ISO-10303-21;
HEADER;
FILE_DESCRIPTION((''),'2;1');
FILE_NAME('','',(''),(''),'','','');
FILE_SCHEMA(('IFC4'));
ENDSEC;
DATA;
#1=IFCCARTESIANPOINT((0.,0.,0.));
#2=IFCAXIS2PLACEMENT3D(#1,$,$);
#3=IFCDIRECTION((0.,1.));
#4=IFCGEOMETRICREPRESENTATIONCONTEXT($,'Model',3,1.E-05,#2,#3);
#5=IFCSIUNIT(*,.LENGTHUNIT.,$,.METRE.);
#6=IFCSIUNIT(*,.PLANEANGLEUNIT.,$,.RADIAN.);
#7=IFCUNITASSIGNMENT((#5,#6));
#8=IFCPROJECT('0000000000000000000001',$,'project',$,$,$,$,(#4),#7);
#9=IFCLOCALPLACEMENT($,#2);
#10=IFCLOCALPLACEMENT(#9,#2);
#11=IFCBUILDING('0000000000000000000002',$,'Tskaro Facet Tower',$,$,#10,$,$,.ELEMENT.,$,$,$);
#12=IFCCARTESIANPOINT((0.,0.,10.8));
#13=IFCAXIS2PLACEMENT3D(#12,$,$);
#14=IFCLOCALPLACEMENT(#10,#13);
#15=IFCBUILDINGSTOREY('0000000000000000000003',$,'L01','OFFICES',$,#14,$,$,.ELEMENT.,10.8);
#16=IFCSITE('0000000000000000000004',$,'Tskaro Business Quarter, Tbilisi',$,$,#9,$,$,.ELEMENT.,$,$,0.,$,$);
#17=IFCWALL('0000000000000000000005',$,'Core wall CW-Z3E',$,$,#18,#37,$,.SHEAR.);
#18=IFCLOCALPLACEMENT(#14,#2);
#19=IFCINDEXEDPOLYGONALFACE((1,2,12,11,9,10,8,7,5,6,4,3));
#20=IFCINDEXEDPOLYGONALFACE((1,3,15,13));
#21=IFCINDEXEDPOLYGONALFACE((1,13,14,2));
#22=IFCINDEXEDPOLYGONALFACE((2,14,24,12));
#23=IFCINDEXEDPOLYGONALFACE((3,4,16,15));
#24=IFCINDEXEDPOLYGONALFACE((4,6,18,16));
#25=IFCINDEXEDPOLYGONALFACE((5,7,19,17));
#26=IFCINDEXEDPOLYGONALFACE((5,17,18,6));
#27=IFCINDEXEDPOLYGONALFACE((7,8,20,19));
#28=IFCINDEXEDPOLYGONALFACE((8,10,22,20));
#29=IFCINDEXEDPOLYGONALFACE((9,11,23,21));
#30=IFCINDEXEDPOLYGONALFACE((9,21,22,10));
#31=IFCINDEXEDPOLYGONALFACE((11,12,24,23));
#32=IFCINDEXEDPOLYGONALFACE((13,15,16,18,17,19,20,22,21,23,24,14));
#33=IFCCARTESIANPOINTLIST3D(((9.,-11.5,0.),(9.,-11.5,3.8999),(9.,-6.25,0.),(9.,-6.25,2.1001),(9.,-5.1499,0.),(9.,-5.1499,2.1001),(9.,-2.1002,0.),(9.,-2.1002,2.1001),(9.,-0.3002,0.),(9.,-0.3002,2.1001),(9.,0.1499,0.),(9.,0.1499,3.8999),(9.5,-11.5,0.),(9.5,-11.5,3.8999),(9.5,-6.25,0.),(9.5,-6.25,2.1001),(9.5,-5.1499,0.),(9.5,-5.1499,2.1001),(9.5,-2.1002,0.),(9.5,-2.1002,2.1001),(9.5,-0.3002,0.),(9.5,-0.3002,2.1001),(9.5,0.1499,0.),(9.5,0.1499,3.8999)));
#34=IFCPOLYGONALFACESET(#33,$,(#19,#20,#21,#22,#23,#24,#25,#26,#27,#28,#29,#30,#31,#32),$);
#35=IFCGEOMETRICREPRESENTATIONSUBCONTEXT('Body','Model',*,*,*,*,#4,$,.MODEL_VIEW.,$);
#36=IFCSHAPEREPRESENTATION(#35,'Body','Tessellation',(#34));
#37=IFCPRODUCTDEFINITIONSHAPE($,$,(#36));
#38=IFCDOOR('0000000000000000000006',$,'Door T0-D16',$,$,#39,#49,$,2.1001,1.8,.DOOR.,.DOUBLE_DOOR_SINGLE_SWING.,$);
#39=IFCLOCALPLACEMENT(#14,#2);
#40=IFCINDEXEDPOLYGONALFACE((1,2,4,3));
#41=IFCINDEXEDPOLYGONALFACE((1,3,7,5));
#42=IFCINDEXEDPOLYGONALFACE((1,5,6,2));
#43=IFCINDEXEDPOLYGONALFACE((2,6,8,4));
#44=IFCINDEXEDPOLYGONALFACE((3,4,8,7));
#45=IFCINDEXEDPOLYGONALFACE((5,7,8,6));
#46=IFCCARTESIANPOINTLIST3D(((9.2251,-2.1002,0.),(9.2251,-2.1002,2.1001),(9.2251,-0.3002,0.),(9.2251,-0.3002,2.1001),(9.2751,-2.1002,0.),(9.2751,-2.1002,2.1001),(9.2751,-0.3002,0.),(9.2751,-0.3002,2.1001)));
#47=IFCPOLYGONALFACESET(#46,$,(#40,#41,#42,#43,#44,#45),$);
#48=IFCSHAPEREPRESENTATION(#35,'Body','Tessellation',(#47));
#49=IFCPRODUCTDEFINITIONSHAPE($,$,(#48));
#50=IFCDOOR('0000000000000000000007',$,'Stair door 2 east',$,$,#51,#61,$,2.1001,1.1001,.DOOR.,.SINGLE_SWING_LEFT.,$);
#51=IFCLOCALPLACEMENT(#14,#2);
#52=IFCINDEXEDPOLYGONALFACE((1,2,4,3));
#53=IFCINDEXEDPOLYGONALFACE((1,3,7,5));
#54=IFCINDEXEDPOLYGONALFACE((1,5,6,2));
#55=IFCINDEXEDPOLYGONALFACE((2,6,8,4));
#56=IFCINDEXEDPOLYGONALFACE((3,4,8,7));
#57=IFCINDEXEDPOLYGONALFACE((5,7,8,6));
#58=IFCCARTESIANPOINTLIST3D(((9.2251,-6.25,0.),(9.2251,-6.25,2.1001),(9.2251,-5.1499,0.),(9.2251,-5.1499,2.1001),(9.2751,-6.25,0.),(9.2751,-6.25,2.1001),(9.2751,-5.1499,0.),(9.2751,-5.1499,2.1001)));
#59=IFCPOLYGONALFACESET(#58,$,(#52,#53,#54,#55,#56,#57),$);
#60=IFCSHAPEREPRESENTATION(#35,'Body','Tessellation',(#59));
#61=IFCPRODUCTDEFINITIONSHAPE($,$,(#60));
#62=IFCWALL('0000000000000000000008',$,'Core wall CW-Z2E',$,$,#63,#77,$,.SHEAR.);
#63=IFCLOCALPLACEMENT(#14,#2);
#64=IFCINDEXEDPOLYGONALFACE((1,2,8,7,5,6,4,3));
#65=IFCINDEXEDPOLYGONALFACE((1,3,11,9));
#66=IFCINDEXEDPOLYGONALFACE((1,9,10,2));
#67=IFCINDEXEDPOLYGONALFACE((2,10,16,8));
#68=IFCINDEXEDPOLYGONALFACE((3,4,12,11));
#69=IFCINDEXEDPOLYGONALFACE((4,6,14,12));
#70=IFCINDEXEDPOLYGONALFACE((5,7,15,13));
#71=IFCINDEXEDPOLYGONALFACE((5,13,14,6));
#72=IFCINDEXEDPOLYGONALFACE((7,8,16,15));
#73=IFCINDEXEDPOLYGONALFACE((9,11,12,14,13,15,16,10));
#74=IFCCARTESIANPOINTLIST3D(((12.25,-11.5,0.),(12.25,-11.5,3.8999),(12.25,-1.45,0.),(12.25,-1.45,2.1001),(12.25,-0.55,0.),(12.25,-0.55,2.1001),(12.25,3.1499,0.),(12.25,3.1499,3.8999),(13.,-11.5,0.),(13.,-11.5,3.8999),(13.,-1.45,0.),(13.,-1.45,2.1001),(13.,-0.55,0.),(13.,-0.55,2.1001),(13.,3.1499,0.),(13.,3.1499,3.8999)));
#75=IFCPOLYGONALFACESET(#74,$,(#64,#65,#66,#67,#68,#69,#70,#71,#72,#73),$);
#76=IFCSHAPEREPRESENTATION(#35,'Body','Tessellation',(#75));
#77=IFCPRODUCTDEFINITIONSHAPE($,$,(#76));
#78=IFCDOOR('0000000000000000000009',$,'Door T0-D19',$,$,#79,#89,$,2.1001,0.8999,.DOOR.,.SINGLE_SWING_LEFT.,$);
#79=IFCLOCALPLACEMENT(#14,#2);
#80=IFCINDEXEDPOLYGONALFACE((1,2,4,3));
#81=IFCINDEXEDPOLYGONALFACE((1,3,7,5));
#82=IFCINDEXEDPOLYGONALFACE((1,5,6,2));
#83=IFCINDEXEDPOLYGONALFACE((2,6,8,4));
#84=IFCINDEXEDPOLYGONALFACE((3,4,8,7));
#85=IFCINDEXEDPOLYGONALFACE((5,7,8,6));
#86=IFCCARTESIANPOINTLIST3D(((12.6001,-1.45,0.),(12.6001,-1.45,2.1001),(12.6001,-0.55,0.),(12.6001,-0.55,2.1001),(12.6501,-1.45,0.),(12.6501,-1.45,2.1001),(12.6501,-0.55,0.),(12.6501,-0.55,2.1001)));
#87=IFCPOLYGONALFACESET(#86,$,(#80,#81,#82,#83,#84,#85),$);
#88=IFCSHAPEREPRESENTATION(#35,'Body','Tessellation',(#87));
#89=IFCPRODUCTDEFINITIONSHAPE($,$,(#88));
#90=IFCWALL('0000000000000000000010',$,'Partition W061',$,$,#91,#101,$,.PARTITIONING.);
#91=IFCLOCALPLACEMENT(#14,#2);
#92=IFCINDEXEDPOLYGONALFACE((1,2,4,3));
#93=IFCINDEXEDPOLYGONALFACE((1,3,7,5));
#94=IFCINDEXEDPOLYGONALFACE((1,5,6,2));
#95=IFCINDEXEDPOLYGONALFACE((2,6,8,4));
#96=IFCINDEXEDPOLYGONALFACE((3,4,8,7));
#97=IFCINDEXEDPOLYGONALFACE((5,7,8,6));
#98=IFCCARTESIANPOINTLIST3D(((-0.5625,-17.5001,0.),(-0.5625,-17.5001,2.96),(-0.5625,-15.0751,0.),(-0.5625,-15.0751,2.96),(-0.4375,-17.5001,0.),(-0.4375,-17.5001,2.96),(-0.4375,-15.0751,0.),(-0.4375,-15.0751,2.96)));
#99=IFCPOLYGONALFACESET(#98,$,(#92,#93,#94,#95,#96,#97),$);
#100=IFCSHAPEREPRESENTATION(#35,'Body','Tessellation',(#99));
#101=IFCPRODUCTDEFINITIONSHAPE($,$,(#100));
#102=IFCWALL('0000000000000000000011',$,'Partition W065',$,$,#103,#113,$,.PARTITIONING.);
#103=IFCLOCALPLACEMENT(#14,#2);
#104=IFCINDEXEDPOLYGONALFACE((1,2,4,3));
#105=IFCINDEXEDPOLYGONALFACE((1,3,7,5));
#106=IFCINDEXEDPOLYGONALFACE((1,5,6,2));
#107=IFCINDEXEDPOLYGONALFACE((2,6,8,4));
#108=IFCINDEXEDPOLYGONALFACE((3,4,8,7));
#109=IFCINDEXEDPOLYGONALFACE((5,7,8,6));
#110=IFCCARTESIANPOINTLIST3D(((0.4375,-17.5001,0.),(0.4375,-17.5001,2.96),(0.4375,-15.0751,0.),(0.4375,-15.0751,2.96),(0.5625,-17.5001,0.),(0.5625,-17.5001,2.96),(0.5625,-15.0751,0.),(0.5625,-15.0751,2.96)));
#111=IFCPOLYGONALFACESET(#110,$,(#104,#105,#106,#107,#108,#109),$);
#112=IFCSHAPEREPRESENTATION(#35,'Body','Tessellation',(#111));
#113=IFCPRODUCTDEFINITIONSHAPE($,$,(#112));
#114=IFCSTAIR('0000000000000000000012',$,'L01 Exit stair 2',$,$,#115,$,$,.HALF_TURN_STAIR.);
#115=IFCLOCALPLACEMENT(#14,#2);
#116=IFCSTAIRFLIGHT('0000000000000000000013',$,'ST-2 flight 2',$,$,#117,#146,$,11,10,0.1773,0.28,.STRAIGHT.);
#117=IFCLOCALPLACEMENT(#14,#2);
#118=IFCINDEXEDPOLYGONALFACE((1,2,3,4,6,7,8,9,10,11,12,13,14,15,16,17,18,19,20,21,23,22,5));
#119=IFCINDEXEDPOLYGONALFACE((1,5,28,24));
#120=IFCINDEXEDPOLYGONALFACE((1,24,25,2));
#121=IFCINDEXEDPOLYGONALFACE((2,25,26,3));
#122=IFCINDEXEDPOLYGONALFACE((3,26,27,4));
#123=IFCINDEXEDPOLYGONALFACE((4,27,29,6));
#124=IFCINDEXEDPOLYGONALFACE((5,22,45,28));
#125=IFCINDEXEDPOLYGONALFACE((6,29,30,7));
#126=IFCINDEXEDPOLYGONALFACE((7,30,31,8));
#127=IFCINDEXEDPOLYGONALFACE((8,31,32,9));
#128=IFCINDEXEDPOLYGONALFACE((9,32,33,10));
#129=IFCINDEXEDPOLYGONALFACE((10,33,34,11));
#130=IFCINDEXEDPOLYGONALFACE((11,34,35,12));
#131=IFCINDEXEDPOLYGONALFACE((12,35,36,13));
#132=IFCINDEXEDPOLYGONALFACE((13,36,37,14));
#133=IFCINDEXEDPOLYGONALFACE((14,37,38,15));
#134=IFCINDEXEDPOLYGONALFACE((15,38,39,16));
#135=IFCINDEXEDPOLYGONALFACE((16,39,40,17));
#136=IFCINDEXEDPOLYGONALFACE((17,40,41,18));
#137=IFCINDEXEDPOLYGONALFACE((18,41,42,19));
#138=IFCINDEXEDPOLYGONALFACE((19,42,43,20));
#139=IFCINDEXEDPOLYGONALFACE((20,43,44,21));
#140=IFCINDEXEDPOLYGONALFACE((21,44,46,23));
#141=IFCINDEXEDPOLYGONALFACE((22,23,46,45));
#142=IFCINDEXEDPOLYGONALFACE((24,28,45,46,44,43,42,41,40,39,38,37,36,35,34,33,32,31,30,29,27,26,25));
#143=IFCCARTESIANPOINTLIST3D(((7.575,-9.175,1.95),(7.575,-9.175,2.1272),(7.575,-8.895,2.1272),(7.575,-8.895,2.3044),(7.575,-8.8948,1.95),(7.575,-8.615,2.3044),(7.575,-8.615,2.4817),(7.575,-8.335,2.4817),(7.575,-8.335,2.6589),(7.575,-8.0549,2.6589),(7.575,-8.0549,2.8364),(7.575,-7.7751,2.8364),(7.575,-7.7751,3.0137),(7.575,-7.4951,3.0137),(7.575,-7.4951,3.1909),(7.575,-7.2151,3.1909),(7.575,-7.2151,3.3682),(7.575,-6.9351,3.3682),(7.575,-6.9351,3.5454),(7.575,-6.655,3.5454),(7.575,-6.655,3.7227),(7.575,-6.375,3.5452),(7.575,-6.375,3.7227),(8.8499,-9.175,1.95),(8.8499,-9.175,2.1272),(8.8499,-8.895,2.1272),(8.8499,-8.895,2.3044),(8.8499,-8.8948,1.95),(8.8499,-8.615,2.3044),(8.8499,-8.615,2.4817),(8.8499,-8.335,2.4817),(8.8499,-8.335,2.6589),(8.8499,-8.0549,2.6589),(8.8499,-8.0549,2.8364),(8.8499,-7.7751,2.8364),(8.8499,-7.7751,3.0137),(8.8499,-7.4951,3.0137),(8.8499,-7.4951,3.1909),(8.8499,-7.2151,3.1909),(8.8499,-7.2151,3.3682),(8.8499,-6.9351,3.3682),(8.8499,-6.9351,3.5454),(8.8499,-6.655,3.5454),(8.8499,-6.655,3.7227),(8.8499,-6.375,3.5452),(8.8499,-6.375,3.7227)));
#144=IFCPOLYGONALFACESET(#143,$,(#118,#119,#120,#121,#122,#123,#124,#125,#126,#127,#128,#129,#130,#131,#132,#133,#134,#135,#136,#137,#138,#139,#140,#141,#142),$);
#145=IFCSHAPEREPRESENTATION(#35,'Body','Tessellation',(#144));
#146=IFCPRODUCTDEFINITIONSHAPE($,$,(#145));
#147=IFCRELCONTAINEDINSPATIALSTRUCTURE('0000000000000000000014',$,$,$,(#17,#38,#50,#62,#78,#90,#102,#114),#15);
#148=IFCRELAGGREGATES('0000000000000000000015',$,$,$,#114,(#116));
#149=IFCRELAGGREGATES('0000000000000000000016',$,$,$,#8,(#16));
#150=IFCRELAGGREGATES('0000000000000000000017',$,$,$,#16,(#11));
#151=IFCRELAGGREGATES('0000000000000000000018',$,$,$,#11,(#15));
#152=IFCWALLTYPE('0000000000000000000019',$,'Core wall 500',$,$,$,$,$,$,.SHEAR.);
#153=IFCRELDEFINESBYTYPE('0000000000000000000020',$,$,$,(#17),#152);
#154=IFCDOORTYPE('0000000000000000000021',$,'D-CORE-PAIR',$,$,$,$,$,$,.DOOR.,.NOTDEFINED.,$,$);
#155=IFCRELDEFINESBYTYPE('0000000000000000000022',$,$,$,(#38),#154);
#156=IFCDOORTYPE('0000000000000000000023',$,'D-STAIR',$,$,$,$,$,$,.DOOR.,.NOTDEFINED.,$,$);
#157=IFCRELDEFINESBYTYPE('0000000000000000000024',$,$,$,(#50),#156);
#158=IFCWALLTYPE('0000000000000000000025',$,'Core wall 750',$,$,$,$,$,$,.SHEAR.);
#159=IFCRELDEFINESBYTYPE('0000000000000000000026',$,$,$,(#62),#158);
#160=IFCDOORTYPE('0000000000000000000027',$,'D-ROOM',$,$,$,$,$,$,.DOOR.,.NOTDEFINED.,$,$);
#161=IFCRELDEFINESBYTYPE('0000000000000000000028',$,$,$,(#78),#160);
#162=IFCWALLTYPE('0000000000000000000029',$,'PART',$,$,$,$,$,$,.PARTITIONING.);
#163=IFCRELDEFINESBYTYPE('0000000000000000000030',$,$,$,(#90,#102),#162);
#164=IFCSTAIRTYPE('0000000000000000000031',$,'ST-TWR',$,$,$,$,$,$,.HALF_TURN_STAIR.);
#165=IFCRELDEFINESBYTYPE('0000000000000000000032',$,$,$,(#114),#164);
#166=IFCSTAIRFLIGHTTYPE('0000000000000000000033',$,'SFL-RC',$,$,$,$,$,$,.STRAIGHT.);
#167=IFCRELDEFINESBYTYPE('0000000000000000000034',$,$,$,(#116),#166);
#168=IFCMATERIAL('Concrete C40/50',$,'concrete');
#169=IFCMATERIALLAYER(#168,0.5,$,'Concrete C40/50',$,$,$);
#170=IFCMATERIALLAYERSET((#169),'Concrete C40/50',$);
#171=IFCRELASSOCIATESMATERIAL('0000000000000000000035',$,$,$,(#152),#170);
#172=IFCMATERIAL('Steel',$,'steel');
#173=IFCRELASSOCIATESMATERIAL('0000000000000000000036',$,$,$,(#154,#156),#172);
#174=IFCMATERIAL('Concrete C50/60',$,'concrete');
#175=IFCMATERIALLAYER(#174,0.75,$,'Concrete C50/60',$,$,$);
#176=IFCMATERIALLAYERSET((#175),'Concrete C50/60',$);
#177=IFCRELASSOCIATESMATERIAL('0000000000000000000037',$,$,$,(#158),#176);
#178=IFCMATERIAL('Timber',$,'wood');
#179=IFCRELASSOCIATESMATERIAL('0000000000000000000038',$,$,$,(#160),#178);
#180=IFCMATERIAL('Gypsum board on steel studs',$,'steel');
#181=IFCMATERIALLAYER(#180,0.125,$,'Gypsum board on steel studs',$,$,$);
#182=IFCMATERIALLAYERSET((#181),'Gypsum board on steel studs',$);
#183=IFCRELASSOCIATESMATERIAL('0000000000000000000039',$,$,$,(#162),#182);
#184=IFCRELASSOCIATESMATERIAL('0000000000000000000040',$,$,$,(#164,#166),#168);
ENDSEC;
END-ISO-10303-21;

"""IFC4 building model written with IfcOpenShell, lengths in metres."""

from ifc_helpers import new_model, si_unit, direction, frame, frame_2d, origin, place, context, subcontext, project, spatial, polyline, rectangle, outline, extrude, material, layer, layer_set, type_object, element, fill, aggregate, save


model = new_model("IFC4")

# Units and contexts
model_context = context("Model", 3, precision=1e-05, world=origin(), true_north=direction((0.0, 1.0)))
body_context = subcontext(model_context, "Body", "Model", "MODEL_VIEW")
ifc_project = project(units=[si_unit("LENGTHUNIT", "METRE"), si_unit("PLANEANGLEUNIT", "RADIAN")], contexts=[model_context])

# Site, building, storey
site_placement = place(None, origin())
site = spatial("IfcSite", under=ifc_project, at=site_placement, Name="Tskaro Business Quarter, Tbilisi", CompositionType="ELEMENT", RefElevation=0.0)
building_placement = place(site_placement, origin())
building = spatial("IfcBuilding", under=site, at=building_placement, Name="Tskaro Facet Tower", CompositionType="ELEMENT")
storey_placement = place(building_placement, frame((0.0, 0.0, 10.8)))
storey = spatial("IfcBuildingStorey", under=building, at=storey_placement, Name="L01", Description="OFFICES", CompositionType="ELEMENT", Elevation=10.8)

# Wall, openings, doors
ifc_material_1 = material(Name="Concrete C40/50", Category="concrete")
ifc_layer_1 = layer(ifc_material_1, 0.5, Name="Concrete C40/50")
ifc_layer_set_1 = layer_set([ifc_layer_1], Name="Concrete C40/50")
wall_type_1 = type_object("IfcWallType", Name="Core wall 500", PredefinedType="SHEAR", material=ifc_layer_set_1)
wall_1_placement = place(storey_placement, frame((9.25, -11.5, 0.0), z_axis=(0.0, 0.0, 1.0), x_axis=(0.0, 1.0, 0.0)))
wall_1 = element("IfcWall", 1, at=wall_1_placement, inside=storey, type_object=wall_type_1, Name="Core wall CW-Z3E", PredefinedType="SHEAR", context=body_context, shape_type="SweptSolid", body=[
    extrude(rectangle(XDim=11.6499, YDim=0.5, at=frame_2d((5.825, 0.0))), origin(), (0.0, 0.0, 1.0), 3.8999),
])
opening_1_placement = place(wall_1_placement, frame((9.3999, 0.0, 0.0)))
opening_1 = element("IfcOpeningElement", 2, at=opening_1_placement, cuts=wall_1, PredefinedType="OPENING", context=body_context, shape_type="SweptSolid", body=[
    extrude(rectangle(XDim=1.8, YDim=2.1001, at=frame_2d((0.8999, 1.05))), frame((0.0, 0.26, 0.0), z_axis=(0.0, -1.0, 0.0), x_axis=(1.0, 0.0, 0.0)), (0.0, 0.0, 1.0), 0.52),
])
opening_2_placement = place(wall_1_placement, frame((5.25, 0.0, 0.0)))
opening_2 = element("IfcOpeningElement", 3, at=opening_2_placement, cuts=wall_1, PredefinedType="OPENING", context=body_context, shape_type="SweptSolid", body=[
    extrude(rectangle(XDim=1.1001, YDim=2.1001, at=frame_2d((0.55, 1.05))), frame((0.0, 0.26, 0.0), z_axis=(0.0, -1.0, 0.0), x_axis=(1.0, 0.0, 0.0)), (0.0, 0.0, 1.0), 0.52),
])
ifc_material_2 = material(Name="Steel", Category="steel")
door_type_1 = type_object("IfcDoorType", Name="D-CORE-PAIR", OperationType="NOTDEFINED", PredefinedType="DOOR", material=ifc_material_2)
door_1_placement = place(opening_1_placement, origin())
door_1 = element("IfcDoor", 4, at=door_1_placement, inside=storey, type_object=door_type_1, Name="Door T0-D16", OperationType="DOUBLE_DOOR_SINGLE_SWING", OverallHeight=2.1001, OverallWidth=1.8, PredefinedType="DOOR", context=body_context, shape_type="SweptSolid", body=[
    extrude(rectangle(XDim=1.8, YDim=2.1001, at=frame_2d((0.8999, 1.05))), frame((0.0, 0.0249, 0.0), z_axis=(0.0, -1.0, 0.0), x_axis=(1.0, 0.0, 0.0)), (0.0, 0.0, 1.0), 0.05),
])
fill(opening_1, door_1)
door_type_2 = type_object("IfcDoorType", Name="D-STAIR", OperationType="NOTDEFINED", PredefinedType="DOOR", material=ifc_material_2)
door_2_placement = place(opening_2_placement, origin())
door_2 = element("IfcDoor", 5, at=door_2_placement, inside=storey, type_object=door_type_2, Name="Stair door 2 east", OperationType="SINGLE_SWING_LEFT", OverallHeight=2.1001, OverallWidth=1.1001, PredefinedType="DOOR", context=body_context, shape_type="SweptSolid", body=[
    extrude(rectangle(XDim=1.1001, YDim=2.1001, at=frame_2d((0.55, 1.05))), frame((0.0, 0.0249, 0.0), z_axis=(0.0, -1.0, 0.0), x_axis=(1.0, 0.0, 0.0)), (0.0, 0.0, 1.0), 0.05),
])
fill(opening_2, door_2)

# Wall, opening, door
ifc_material_3 = material(Name="Concrete C50/60", Category="concrete")
ifc_layer_2 = layer(ifc_material_3, 0.75, Name="Concrete C50/60")
ifc_layer_set_2 = layer_set([ifc_layer_2], Name="Concrete C50/60")
wall_type_2 = type_object("IfcWallType", Name="Core wall 750", PredefinedType="SHEAR", material=ifc_layer_set_2)
wall_2_placement = place(storey_placement, frame((12.625, -11.5, 0.0), z_axis=(0.0, 0.0, 1.0), x_axis=(0.0, 1.0, 0.0)))
wall_2 = element("IfcWall", 6, at=wall_2_placement, inside=storey, type_object=wall_type_2, Name="Core wall CW-Z2E", PredefinedType="SHEAR", context=body_context, shape_type="SweptSolid", body=[
    extrude(rectangle(XDim=14.6499, YDim=0.75, at=frame_2d((7.325, 0.0))), origin(), (0.0, 0.0, 1.0), 3.8999),
])
opening_3_placement = place(wall_2_placement, frame((10.05, 0.0, 0.0)))
opening_3 = element("IfcOpeningElement", 7, at=opening_3_placement, cuts=wall_2, PredefinedType="OPENING", context=body_context, shape_type="SweptSolid", body=[
    extrude(rectangle(XDim=0.8999, YDim=2.1001, at=frame_2d((0.45, 1.05))), frame((0.0, 0.385, 0.0), z_axis=(0.0, -1.0, 0.0), x_axis=(1.0, 0.0, 0.0)), (0.0, 0.0, 1.0), 0.77),
])
ifc_material_4 = material(Name="Timber", Category="wood")
door_type_3 = type_object("IfcDoorType", Name="D-ROOM", OperationType="NOTDEFINED", PredefinedType="DOOR", material=ifc_material_4)
door_3_placement = place(opening_3_placement, origin())
door_3 = element("IfcDoor", 8, at=door_3_placement, inside=storey, type_object=door_type_3, Name="Door T0-D19", OperationType="SINGLE_SWING_LEFT", OverallHeight=2.1001, OverallWidth=0.8999, PredefinedType="DOOR", context=body_context, shape_type="SweptSolid", body=[
    extrude(rectangle(XDim=0.8999, YDim=2.1001, at=frame_2d((0.45, 1.05))), frame((0.0, 0.0249, 0.0), z_axis=(0.0, -1.0, 0.0), x_axis=(1.0, 0.0, 0.0)), (0.0, 0.0, 1.0), 0.05),
])
fill(opening_3, door_3)

# Walls
ifc_material_5 = material(Name="Gypsum board on steel studs", Category="steel")
ifc_layer_3 = layer(ifc_material_5, 0.125, Name="Gypsum board on steel studs")
ifc_layer_set_3 = layer_set([ifc_layer_3], Name="Gypsum board on steel studs")
wall_type_3 = type_object("IfcWallType", Name="PART", PredefinedType="PARTITIONING", material=ifc_layer_set_3)
for number, where, z_axis, x_axis, name in (
    (9, (-0.5, -17.5, 0.0), (0.0, 0.0, 1.0), (0.0, 1.0, 0.0), "Partition W061"),
    (10, (0.5, -17.5, 0.0), (0.0, 0.0, 1.0), (0.0, 1.0, 0.0), "Partition W065"),
):
    element("IfcWall", number, at=place(storey_placement, frame(where, z_axis=z_axis, x_axis=x_axis)), inside=storey, type_object=wall_type_3, Name=name, PredefinedType="PARTITIONING", context=body_context, shape_type="SweptSolid", body=[
        extrude(rectangle(XDim=2.425, YDim=0.125, at=frame_2d((1.2124, 0.0))), origin(), (0.0, 0.0, 1.0), 2.96),
    ])

# Stair, stair flight
stair_type = type_object("IfcStairType", Name="ST-TWR", PredefinedType="HALF_TURN_STAIR", material=ifc_material_1)
stair_placement = place(storey_placement, origin())
stair = element("IfcStair", 11, at=stair_placement, inside=storey, type_object=stair_type, Name="L01 Exit stair 2", PredefinedType="HALF_TURN_STAIR")
stair_flight_type = type_object("IfcStairFlightType", Name="SFL-RC", PredefinedType="STRAIGHT", material=ifc_material_1)
stair_flight_placement = place(storey_placement, frame((8.2124, -9.175, 1.95), z_axis=(0.0, 0.0, 1.0), x_axis=(0.0, 1.0, 0.0)))
stair_flight = element("IfcStairFlight", 12, at=stair_flight_placement, type_object=stair_flight_type, Name="ST-2 flight 2", NumberOfRisers=11, NumberOfTreads=10, PredefinedType="STRAIGHT", RiserHeight=0.1773, TreadLength=0.28, context=body_context, shape_type="SweptSolid", body=[
    extrude(outline(polyline([(0.0, 0.0), (0.0, 0.1772), (0.28, 0.1772), (0.28, 0.3545), (0.5601, 0.3545), (0.5601, 0.5317), (0.8401, 0.5317), (0.8401, 0.709), (1.1201, 0.709), (1.1201, 0.8865), (1.3999, 0.8865), (1.3999, 1.0637), (1.6799, 1.0637), (1.6799, 1.241), (1.96, 1.241), (1.96, 1.4182), (2.24, 1.4182), (2.24, 1.5955), (2.52, 1.5955), (2.52, 1.7727), (2.8, 1.7727), (2.8, 1.95), (2.8, 1.5952), (0.2803, 0.0), (0.0, 0.0)])), frame((0.0, 0.6375, 0.0), z_axis=(0.0, -1.0, 0.0), x_axis=(1.0, 0.0, 0.0)), (0.0, 0.0, 1.0), 1.2749),
])
aggregate(stair, [stair_flight])

save(model, "model.ifc")
